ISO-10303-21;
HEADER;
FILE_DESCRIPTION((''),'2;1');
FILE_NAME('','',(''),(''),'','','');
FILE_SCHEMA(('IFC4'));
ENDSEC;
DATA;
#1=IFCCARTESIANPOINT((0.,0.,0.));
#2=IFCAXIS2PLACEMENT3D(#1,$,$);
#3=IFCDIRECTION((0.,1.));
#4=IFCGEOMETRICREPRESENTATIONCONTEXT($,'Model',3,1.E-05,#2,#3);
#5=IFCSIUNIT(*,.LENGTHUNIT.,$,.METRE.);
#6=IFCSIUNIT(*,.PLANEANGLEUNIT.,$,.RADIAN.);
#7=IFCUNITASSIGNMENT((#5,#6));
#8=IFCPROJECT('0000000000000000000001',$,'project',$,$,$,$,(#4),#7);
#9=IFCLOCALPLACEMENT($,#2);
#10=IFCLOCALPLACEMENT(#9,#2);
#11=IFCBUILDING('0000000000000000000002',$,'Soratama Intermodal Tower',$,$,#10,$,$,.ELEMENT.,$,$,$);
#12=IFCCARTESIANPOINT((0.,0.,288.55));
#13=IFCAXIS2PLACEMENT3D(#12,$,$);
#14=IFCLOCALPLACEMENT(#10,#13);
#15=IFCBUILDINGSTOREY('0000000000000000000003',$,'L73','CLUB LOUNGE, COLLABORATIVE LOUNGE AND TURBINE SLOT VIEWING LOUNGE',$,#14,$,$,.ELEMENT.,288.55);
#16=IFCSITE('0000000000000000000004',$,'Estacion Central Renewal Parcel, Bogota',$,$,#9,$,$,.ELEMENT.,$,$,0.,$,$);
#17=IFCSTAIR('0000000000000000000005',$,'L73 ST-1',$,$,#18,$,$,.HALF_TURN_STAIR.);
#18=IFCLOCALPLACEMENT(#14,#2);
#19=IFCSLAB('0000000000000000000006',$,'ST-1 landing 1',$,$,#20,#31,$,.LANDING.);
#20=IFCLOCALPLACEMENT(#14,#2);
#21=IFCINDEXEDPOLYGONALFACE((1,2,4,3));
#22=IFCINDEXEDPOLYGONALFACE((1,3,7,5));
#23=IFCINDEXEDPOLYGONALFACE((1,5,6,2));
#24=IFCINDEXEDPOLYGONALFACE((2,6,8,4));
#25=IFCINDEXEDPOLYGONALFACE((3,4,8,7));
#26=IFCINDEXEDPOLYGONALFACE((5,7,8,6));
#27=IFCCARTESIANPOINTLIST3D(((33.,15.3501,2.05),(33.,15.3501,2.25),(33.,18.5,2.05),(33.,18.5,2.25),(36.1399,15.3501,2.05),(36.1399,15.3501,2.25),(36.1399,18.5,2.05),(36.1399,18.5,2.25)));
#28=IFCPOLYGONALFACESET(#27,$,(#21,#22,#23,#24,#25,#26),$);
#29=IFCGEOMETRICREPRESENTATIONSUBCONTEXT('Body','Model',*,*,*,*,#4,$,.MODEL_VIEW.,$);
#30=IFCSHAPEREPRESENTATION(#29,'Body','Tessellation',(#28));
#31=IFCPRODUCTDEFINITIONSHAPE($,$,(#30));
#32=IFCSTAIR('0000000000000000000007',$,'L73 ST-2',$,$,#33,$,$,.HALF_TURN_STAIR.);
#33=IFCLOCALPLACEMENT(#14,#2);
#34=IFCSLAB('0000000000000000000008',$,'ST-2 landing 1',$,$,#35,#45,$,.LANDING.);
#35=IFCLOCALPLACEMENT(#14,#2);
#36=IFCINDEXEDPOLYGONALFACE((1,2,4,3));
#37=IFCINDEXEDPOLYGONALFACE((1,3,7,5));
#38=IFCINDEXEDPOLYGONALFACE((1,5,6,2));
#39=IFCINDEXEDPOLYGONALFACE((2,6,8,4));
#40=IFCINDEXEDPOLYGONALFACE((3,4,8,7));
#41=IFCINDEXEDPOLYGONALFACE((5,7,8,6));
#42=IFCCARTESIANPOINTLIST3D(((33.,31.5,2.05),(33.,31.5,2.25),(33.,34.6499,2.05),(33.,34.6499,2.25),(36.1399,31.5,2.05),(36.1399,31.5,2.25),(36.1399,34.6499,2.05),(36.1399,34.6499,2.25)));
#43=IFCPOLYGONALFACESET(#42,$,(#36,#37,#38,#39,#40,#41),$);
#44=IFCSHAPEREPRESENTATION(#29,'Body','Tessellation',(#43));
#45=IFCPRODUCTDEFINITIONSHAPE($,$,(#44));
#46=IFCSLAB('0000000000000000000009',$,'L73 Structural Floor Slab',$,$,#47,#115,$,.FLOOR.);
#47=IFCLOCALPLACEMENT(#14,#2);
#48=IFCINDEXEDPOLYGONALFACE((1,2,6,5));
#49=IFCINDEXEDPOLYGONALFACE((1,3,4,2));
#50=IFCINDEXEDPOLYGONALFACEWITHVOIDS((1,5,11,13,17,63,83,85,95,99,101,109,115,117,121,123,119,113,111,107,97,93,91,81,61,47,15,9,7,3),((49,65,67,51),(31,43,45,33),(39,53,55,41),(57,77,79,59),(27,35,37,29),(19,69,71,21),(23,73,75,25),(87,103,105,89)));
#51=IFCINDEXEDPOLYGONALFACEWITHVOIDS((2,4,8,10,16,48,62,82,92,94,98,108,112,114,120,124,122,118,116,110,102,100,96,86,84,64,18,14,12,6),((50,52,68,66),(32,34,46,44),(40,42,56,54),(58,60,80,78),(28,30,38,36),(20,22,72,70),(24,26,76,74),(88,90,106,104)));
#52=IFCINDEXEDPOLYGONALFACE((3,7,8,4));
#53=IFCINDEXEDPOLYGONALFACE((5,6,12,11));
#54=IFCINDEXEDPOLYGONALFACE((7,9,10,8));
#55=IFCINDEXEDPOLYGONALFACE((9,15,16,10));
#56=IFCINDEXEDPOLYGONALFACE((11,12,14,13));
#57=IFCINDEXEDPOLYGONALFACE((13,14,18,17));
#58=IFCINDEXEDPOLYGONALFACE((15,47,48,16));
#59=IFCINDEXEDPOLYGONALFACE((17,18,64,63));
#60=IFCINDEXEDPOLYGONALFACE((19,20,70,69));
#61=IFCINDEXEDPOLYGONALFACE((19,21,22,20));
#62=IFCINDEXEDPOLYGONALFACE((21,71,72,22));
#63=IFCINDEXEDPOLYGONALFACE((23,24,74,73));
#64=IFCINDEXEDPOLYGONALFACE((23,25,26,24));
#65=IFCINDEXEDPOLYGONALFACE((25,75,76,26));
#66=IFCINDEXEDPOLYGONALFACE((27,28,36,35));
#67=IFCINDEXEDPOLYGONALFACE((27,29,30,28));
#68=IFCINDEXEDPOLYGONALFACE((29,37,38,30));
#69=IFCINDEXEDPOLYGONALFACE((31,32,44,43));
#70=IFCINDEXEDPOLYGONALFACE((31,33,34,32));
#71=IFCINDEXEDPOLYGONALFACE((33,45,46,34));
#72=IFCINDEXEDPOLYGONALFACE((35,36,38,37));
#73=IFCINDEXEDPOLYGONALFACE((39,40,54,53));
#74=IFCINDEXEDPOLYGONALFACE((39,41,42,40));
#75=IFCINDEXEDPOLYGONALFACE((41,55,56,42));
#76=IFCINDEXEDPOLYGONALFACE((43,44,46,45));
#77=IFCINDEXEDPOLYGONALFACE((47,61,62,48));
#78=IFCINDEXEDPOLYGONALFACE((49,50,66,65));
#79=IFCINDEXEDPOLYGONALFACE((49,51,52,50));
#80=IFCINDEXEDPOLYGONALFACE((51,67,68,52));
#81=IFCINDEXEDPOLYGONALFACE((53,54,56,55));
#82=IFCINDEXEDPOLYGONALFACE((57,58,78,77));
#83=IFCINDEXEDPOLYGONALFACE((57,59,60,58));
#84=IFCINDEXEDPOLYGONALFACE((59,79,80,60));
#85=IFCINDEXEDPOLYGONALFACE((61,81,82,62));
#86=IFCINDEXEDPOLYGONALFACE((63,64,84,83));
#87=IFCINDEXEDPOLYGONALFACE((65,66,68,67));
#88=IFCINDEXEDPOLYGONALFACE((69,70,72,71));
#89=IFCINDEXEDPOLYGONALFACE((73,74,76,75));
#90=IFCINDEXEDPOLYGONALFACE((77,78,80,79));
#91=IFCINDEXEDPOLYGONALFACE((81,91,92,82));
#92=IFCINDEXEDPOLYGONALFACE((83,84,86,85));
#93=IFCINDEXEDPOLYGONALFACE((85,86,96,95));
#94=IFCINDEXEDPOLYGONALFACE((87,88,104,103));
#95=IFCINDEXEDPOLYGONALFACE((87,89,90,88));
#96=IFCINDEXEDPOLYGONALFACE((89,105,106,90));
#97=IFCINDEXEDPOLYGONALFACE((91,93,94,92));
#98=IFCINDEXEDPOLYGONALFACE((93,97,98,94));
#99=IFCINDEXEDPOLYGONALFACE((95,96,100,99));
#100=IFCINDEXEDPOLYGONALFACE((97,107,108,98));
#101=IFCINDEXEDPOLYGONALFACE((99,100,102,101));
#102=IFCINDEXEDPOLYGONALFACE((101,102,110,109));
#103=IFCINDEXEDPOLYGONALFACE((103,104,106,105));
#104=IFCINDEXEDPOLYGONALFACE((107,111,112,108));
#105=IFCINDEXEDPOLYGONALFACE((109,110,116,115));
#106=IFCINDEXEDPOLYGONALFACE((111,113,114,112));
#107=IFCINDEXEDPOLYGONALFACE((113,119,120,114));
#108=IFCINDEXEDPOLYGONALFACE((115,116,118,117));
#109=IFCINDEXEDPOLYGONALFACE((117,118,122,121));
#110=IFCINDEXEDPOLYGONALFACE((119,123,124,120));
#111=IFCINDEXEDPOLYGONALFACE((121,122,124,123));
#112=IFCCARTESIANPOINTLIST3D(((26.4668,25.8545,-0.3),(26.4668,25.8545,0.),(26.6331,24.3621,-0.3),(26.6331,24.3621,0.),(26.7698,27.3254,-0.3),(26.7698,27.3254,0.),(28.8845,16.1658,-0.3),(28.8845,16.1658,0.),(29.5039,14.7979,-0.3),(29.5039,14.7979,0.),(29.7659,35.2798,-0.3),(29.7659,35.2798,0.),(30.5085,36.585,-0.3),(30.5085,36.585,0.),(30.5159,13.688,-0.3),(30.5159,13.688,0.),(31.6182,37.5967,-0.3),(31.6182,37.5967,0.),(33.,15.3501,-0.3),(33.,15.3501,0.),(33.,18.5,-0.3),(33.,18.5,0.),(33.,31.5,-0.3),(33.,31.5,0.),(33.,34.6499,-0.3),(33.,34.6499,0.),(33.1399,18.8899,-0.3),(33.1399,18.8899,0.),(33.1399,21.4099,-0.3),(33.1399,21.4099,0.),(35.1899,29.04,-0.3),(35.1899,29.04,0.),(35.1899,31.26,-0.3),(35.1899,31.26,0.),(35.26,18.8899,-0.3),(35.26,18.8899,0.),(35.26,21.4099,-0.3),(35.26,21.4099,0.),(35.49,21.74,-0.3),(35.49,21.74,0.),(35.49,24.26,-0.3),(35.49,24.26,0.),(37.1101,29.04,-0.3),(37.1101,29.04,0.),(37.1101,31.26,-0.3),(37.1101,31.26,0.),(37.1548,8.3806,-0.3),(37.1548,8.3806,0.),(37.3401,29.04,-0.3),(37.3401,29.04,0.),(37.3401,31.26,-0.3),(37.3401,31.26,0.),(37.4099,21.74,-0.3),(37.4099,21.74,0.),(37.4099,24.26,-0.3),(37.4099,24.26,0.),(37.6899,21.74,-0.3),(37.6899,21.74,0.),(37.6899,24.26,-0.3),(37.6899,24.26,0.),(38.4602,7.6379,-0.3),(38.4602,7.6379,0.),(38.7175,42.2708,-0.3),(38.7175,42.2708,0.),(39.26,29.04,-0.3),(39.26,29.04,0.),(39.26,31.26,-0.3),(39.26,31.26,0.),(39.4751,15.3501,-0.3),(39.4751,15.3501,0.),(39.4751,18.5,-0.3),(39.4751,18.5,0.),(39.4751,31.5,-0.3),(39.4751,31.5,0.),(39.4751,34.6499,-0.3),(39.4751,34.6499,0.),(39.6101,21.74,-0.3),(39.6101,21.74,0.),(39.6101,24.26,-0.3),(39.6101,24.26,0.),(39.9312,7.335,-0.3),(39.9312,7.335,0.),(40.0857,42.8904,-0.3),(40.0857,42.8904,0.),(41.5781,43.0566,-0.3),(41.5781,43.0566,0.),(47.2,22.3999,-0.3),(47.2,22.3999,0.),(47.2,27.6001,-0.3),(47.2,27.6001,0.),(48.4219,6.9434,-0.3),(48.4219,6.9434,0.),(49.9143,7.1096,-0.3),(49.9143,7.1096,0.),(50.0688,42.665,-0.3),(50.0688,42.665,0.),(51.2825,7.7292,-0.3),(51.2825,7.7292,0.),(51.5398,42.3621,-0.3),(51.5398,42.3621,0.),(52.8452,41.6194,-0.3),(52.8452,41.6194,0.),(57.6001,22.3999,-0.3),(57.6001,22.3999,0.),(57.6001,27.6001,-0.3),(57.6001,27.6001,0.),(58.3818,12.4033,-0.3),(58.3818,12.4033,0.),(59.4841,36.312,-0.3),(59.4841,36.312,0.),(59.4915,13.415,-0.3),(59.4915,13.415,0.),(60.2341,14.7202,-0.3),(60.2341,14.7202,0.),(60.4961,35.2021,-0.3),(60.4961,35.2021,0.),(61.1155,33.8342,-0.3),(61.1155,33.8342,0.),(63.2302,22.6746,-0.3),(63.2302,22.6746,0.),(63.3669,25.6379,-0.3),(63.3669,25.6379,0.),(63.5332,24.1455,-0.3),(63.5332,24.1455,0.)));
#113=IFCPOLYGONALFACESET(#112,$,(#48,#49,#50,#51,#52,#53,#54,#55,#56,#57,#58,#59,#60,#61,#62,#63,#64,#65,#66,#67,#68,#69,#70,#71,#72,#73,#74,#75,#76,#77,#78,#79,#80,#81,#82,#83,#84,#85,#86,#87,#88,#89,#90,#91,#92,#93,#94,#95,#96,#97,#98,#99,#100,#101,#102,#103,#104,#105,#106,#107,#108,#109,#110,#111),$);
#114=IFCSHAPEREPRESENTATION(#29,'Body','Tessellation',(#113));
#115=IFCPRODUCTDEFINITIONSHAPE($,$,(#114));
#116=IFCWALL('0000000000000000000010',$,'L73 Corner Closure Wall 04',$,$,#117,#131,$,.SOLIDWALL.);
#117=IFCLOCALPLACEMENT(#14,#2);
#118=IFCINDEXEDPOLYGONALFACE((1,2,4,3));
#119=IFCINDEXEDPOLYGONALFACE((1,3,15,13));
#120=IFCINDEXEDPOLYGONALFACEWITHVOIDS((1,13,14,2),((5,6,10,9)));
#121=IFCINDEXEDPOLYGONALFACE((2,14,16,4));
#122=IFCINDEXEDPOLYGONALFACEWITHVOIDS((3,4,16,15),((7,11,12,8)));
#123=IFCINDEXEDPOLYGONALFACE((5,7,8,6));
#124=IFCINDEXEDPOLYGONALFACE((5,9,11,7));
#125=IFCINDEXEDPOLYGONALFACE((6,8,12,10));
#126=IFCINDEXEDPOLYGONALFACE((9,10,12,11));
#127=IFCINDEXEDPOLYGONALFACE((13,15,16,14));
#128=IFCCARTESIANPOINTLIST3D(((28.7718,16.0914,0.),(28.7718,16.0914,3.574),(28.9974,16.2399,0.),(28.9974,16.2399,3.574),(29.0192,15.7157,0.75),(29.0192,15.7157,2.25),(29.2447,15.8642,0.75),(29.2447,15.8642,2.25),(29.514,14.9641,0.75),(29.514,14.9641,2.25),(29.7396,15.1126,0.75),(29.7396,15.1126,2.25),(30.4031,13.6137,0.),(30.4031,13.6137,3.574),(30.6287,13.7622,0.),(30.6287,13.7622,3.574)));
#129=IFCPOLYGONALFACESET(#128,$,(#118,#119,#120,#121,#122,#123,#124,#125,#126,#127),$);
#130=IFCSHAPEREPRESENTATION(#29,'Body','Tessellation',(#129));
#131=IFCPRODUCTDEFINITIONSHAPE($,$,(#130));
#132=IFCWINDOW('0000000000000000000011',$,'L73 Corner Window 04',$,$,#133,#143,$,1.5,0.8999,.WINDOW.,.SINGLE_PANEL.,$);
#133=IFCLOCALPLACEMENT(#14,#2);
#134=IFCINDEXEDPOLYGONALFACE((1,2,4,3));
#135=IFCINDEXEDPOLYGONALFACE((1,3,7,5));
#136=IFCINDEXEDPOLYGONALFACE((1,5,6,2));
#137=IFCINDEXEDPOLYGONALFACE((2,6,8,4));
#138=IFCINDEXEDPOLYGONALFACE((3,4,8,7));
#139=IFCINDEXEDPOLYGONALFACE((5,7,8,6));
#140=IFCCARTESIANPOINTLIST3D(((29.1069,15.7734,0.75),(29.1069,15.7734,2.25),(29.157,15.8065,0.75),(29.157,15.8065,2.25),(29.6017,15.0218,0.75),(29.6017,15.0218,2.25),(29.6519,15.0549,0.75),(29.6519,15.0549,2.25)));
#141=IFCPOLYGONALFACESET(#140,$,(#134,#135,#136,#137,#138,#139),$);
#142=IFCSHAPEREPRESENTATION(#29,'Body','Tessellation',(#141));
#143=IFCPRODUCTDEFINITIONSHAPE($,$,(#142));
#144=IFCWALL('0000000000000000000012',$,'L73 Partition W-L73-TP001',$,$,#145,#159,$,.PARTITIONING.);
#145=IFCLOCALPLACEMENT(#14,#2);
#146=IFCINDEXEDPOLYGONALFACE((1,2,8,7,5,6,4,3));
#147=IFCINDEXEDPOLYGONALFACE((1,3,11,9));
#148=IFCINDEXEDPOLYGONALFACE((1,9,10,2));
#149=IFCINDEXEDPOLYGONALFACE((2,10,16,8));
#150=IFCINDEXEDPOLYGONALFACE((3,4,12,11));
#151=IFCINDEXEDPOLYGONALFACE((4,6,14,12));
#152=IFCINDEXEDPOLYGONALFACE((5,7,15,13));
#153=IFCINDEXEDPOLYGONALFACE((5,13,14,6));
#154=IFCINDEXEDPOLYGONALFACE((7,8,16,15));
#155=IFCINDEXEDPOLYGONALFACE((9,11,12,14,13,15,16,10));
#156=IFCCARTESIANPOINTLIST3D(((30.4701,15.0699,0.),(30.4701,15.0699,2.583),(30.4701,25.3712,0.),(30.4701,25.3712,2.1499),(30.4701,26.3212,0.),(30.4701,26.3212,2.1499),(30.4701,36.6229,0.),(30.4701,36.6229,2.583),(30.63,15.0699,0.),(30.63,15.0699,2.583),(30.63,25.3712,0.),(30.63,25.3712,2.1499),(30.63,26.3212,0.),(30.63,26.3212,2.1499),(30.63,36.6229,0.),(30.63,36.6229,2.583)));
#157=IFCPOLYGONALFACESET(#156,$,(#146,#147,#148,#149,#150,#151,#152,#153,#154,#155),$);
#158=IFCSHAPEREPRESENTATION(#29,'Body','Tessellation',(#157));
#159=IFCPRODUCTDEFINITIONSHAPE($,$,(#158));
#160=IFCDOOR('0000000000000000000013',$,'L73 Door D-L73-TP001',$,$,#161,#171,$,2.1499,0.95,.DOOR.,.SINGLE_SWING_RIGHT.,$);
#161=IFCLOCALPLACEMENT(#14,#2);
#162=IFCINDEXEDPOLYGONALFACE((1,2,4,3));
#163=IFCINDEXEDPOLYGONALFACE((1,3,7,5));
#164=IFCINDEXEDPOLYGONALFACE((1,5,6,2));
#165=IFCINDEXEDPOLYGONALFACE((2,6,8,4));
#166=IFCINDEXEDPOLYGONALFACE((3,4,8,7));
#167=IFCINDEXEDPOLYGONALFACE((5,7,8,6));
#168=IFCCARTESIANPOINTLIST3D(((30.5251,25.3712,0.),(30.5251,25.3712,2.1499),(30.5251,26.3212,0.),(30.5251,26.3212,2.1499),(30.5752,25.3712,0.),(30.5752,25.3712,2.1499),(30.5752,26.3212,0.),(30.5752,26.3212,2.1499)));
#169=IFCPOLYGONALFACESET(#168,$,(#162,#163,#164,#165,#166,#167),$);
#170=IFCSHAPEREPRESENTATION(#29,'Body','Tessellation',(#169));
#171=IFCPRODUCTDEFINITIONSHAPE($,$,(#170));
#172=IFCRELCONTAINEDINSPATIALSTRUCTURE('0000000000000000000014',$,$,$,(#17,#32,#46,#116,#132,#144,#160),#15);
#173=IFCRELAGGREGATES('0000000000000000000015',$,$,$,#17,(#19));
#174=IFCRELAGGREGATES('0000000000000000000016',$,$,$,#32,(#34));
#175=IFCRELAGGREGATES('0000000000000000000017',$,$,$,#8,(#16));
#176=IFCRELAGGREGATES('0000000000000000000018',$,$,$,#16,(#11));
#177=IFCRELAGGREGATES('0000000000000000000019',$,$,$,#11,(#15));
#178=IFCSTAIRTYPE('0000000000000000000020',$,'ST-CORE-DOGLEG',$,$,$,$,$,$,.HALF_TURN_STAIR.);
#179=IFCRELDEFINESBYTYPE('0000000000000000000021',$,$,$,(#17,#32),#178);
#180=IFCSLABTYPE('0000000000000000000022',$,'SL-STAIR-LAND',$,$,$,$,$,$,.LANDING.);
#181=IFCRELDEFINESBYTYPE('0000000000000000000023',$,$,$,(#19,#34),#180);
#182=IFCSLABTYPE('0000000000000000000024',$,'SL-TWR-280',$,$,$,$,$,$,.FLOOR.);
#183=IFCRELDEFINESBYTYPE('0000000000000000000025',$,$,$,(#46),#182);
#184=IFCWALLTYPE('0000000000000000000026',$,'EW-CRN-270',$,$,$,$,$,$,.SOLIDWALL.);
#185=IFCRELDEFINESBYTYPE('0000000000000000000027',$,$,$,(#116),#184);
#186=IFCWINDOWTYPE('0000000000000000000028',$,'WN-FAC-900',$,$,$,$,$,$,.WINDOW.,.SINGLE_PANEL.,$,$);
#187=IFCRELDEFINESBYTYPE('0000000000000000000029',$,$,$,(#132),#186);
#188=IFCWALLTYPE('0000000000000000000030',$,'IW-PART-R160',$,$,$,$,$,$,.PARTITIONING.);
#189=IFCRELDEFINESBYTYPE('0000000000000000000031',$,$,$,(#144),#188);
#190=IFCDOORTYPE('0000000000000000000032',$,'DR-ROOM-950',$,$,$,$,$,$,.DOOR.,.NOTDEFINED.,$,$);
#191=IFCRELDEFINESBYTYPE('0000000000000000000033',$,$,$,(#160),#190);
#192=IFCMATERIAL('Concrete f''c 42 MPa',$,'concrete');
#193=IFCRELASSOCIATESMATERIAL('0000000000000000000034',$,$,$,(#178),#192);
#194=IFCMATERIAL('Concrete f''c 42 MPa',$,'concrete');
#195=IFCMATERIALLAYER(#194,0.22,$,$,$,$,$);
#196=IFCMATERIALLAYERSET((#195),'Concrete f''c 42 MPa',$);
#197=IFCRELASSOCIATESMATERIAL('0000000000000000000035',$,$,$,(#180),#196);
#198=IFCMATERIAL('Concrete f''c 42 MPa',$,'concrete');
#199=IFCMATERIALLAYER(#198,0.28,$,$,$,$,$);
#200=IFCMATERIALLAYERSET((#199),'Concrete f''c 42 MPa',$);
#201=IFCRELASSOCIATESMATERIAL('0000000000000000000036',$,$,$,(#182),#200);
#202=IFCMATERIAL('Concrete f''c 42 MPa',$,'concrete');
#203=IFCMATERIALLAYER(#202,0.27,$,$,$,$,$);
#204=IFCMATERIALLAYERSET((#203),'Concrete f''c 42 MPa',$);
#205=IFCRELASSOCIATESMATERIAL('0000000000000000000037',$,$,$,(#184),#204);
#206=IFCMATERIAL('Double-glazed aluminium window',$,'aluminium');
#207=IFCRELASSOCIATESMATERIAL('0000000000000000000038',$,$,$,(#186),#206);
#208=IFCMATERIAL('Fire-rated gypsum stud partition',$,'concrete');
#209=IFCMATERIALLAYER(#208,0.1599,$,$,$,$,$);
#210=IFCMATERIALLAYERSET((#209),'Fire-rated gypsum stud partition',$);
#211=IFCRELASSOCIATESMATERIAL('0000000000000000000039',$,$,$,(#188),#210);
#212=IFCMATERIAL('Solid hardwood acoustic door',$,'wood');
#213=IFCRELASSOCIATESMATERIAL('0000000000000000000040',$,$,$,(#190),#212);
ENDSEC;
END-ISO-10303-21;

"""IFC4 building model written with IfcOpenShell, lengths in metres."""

from ifc_helpers import new_model, si_unit, direction, frame, frame_2d, origin, place, context, subcontext, project, spatial, polyline, rectangle, outline, extrude, material, layer, layer_set, type_object, element, fill, aggregate, save


model = new_model("IFC4")

# Units and contexts
model_context = context("Model", 3, precision=1e-05, world=origin(), true_north=direction((0.0, 1.0)))
body_context = subcontext(model_context, "Body", "Model", "MODEL_VIEW")
ifc_project = project(units=[si_unit("LENGTHUNIT", "METRE"), si_unit("PLANEANGLEUNIT", "RADIAN")], contexts=[model_context])

# Site, building, storey
site_placement = place(None, origin())
site = spatial("IfcSite", under=ifc_project, at=site_placement, Name="Estacion Central Renewal Parcel, Bogota", CompositionType="ELEMENT", RefElevation=0.0)
building_placement = place(site_placement, origin())
building = spatial("IfcBuilding", under=site, at=building_placement, Name="Soratama Intermodal Tower", CompositionType="ELEMENT")
storey_placement = place(building_placement, frame((0.0, 0.0, 288.55)))
storey = spatial("IfcBuildingStorey", under=building, at=storey_placement, Name="L73", Description="CLUB LOUNGE, COLLABORATIVE LOUNGE AND TURBINE SLOT VIEWING LOUNGE", CompositionType="ELEMENT", Elevation=288.55)

# Stairs, slabs
ifc_material_1 = material(Name="Concrete f'c 42 MPa", Category="concrete")
stair_type = type_object("IfcStairType", Name="ST-CORE-DOGLEG", PredefinedType="HALF_TURN_STAIR", material=ifc_material_1)
stair_1_placement = place(storey_placement, origin())
stair_1 = element("IfcStair", 1, at=stair_1_placement, inside=storey, type_object=stair_type, Name="L73 ST-1", PredefinedType="HALF_TURN_STAIR")
ifc_material_2 = material(Name="Concrete f'c 42 MPa", Category="concrete")
ifc_layer_1 = layer(ifc_material_2, 0.22)
ifc_layer_set_1 = layer_set([ifc_layer_1], Name="Concrete f'c 42 MPa")
slab_type_1 = type_object("IfcSlabType", Name="SL-STAIR-LAND", PredefinedType="LANDING", material=ifc_layer_set_1)
slab_1_placement = place(storey_placement, frame((0.0, 0.0, 2.05)))
slab_1 = element("IfcSlab", 2, at=slab_1_placement, type_object=slab_type_1, Name="ST-1 landing 1", PredefinedType="LANDING", context=body_context, shape_type="SweptSolid", body=[
    extrude(outline(polyline([(36.1399, 18.5), (33.0, 18.5), (33.0, 15.3501), (36.1399, 15.3501), (36.1399, 18.5)])), origin(), (0.0, 0.0, 1.0), 0.2),
])
aggregate(stair_1, [slab_1])
stair_2_placement = place(storey_placement, origin())
stair_2 = element("IfcStair", 3, at=stair_2_placement, inside=storey, type_object=stair_type, Name="L73 ST-2", PredefinedType="HALF_TURN_STAIR")
slab_2_placement = place(storey_placement, frame((0.0, 0.0, 2.05)))
slab_2 = element("IfcSlab", 4, at=slab_2_placement, type_object=slab_type_1, Name="ST-2 landing 1", PredefinedType="LANDING", context=body_context, shape_type="SweptSolid", body=[
    extrude(outline(polyline([(36.1399, 34.6499), (33.0, 34.6499), (33.0, 31.5), (36.1399, 31.5), (36.1399, 34.6499)])), origin(), (0.0, 0.0, 1.0), 0.2),
])
aggregate(stair_2, [slab_2])

# Slab
ifc_material_3 = material(Name="Concrete f'c 42 MPa", Category="concrete")
ifc_layer_2 = layer(ifc_material_3, 0.28)
ifc_layer_set_2 = layer_set([ifc_layer_2], Name="Concrete f'c 42 MPa")
slab_type_2 = type_object("IfcSlabType", Name="SL-TWR-280", PredefinedType="FLOOR", material=ifc_layer_set_2)
slab_3_placement = place(storey_placement, frame((0.0, 0.0, -0.3)))
element("IfcSlab", 5, at=slab_3_placement, inside=storey, type_object=slab_type_2, Name="L73 Structural Floor Slab", PredefinedType="FLOOR", context=body_context, shape_type="SweptSolid", body=[
    extrude(outline(polyline([(52.8452, 41.6194), (51.5398, 42.3621), (50.0688, 42.665), (41.5781, 43.0566), (40.0857, 42.8904), (38.7175, 42.2708), (31.6182, 37.5967), (30.5085, 36.585), (29.7659, 35.2798), (26.7698, 27.3254), (26.4668, 25.8545), (26.6331, 24.3621), (28.8845, 16.1658), (29.5039, 14.7979), (30.5159, 13.688), (37.1548, 8.3806), (38.4602, 7.6379), (39.9312, 7.335), (48.4219, 6.9434), (49.9143, 7.1096), (51.2825, 7.7292), (58.3818, 12.4033), (59.4915, 13.415), (60.2341, 14.7202), (63.2302, 22.6746), (63.5332, 24.1455), (63.3669, 25.6379), (61.1155, 33.8342), (60.4961, 35.2021), (59.4841, 36.312), (52.8452, 41.6194)]), holes=[polyline([(33.0, 18.5), (33.0, 15.3501), (39.4751, 15.3501), (39.4751, 18.5), (33.0, 18.5)]), polyline([(35.26, 21.4099), (33.1399, 21.4099), (33.1399, 18.8899), (35.26, 18.8899), (35.26, 21.4099)]), polyline([(37.4099, 24.26), (35.49, 24.26), (35.49, 21.74), (37.4099, 21.74), (37.4099, 24.26)]), polyline([(39.6101, 24.26), (37.6899, 24.26), (37.6899, 21.74), (39.6101, 21.74), (39.6101, 24.26)]), polyline([(57.6001, 27.6001), (47.2, 27.6001), (47.2, 22.3999), (57.6001, 22.3999), (57.6001, 27.6001)]), polyline([(37.1101, 31.26), (35.1899, 31.26), (35.1899, 29.04), (37.1101, 29.04), (37.1101, 31.26)]), polyline([(39.26, 31.26), (37.3401, 31.26), (37.3401, 29.04), (39.26, 29.04), (39.26, 31.26)]), polyline([(33.0, 34.6499), (33.0, 31.5), (39.4751, 31.5), (39.4751, 34.6499), (33.0, 34.6499)])]), origin(), (0.0, 0.0, 1.0), 0.3),
])

# Wall, opening, window
ifc_material_4 = material(Name="Concrete f'c 42 MPa", Category="concrete")
ifc_layer_3 = layer(ifc_material_4, 0.27)
ifc_layer_set_3 = layer_set([ifc_layer_3], Name="Concrete f'c 42 MPa")
wall_type_1 = type_object("IfcWallType", Name="EW-CRN-270", PredefinedType="SOLIDWALL", material=ifc_layer_set_3)
wall_1_placement = place(storey_placement, frame((28.8845, 16.1658, 0.0), z_axis=(0.0, 0.0, 1.0), x_axis=(0.549905, -0.835227, 0.0)))
wall_1 = element("IfcWall", 6, at=wall_1_placement, inside=storey, type_object=wall_type_1, Name="L73 Corner Closure Wall 04", PredefinedType="SOLIDWALL", context=body_context, shape_type="SweptSolid", body=[
    extrude(rectangle(XDim=2.9666, YDim=0.27, at=frame_2d((1.4834, 0.0))), origin(), (0.0, 0.0, 1.0), 3.574),
])
opening_1_placement = place(wall_1_placement, frame((0.45, 0.0, 0.75)))
opening_1 = element("IfcOpeningElement", 7, at=opening_1_placement, cuts=wall_1, PredefinedType="OPENING", context=body_context, shape_type="SweptSolid", body=[
    extrude(rectangle(XDim=0.8999, YDim=1.5, at=frame_2d((0.45, 0.75))), frame((0.0, 0.145, 0.0), z_axis=(0.0, -1.0, 0.0), x_axis=(1.0, 0.0, 0.0)), (0.0, 0.0, 1.0), 0.29),
])
ifc_material_5 = material(Name="Double-glazed aluminium window", Category="aluminium")
window_type = type_object("IfcWindowType", Name="WN-FAC-900", PartitioningType="SINGLE_PANEL", PredefinedType="WINDOW", material=ifc_material_5)
window_placement = place(opening_1_placement, origin())
window = element("IfcWindow", 8, at=window_placement, inside=storey, type_object=window_type, Name="L73 Corner Window 04", OverallHeight=1.5, OverallWidth=0.8999, PartitioningType="SINGLE_PANEL", PredefinedType="WINDOW", context=body_context, shape_type="SweptSolid", body=[
    extrude(rectangle(XDim=0.8999, YDim=1.5, at=frame_2d((0.45, 0.75))), frame((0.0, 0.03, 0.0), z_axis=(0.0, -1.0, 0.0), x_axis=(1.0, 0.0, 0.0)), (0.0, 0.0, 1.0), 0.0601),
])
fill(opening_1, window)

# Wall, opening, door
ifc_material_6 = material(Name="Fire-rated gypsum stud partition", Category="concrete")
ifc_layer_4 = layer(ifc_material_6, 0.1599)
ifc_layer_set_4 = layer_set([ifc_layer_4], Name="Fire-rated gypsum stud partition")
wall_type_2 = type_object("IfcWallType", Name="IW-PART-R160", PredefinedType="PARTITIONING", material=ifc_layer_set_4)
wall_2_placement = place(storey_placement, frame((30.55, 15.0701, 0.0), z_axis=(0.0, 0.0, 1.0), x_axis=(0.0, 1.0, 0.0)))
wall_2 = element("IfcWall", 9, at=wall_2_placement, inside=storey, type_object=wall_type_2, Name="L73 Partition W-L73-TP001", PredefinedType="PARTITIONING", context=body_context, shape_type="SweptSolid", body=[
    extrude(rectangle(XDim=21.553, YDim=0.1599, at=frame_2d((10.7764, 0.0))), origin(), (0.0, 0.0, 1.0), 2.583),
])
opening_2_placement = place(wall_2_placement, frame((10.301, 0.0, 0.0)))
opening_2 = element("IfcOpeningElement", 10, at=opening_2_placement, cuts=wall_2, PredefinedType="OPENING", context=body_context, shape_type="SweptSolid", body=[
    extrude(rectangle(XDim=0.95, YDim=2.1499, at=frame_2d((0.4751, 1.075))), frame((0.0, 0.0898, 0.0), z_axis=(0.0, -1.0, 0.0), x_axis=(1.0, 0.0, 0.0)), (0.0, 0.0, 1.0), 0.1799),
])
ifc_material_7 = material(Name="Solid hardwood acoustic door", Category="wood")
door_type = type_object("IfcDoorType", Name="DR-ROOM-950", OperationType="NOTDEFINED", PredefinedType="DOOR", material=ifc_material_7)
door_placement = place(opening_2_placement, origin())
door = element("IfcDoor", 11, at=door_placement, inside=storey, type_object=door_type, Name="L73 Door D-L73-TP001", OperationType="SINGLE_SWING_RIGHT", OverallHeight=2.1499, OverallWidth=0.95, PredefinedType="DOOR", context=body_context, shape_type="SweptSolid", body=[
    extrude(rectangle(XDim=0.95, YDim=2.1499, at=frame_2d((0.4751, 1.075))), frame((0.0, 0.0249, 0.0), z_axis=(0.0, -1.0, 0.0), x_axis=(1.0, 0.0, 0.0)), (0.0, 0.0, 1.0), 0.05),
])
fill(opening_2, door)

save(model, "model.ifc")
